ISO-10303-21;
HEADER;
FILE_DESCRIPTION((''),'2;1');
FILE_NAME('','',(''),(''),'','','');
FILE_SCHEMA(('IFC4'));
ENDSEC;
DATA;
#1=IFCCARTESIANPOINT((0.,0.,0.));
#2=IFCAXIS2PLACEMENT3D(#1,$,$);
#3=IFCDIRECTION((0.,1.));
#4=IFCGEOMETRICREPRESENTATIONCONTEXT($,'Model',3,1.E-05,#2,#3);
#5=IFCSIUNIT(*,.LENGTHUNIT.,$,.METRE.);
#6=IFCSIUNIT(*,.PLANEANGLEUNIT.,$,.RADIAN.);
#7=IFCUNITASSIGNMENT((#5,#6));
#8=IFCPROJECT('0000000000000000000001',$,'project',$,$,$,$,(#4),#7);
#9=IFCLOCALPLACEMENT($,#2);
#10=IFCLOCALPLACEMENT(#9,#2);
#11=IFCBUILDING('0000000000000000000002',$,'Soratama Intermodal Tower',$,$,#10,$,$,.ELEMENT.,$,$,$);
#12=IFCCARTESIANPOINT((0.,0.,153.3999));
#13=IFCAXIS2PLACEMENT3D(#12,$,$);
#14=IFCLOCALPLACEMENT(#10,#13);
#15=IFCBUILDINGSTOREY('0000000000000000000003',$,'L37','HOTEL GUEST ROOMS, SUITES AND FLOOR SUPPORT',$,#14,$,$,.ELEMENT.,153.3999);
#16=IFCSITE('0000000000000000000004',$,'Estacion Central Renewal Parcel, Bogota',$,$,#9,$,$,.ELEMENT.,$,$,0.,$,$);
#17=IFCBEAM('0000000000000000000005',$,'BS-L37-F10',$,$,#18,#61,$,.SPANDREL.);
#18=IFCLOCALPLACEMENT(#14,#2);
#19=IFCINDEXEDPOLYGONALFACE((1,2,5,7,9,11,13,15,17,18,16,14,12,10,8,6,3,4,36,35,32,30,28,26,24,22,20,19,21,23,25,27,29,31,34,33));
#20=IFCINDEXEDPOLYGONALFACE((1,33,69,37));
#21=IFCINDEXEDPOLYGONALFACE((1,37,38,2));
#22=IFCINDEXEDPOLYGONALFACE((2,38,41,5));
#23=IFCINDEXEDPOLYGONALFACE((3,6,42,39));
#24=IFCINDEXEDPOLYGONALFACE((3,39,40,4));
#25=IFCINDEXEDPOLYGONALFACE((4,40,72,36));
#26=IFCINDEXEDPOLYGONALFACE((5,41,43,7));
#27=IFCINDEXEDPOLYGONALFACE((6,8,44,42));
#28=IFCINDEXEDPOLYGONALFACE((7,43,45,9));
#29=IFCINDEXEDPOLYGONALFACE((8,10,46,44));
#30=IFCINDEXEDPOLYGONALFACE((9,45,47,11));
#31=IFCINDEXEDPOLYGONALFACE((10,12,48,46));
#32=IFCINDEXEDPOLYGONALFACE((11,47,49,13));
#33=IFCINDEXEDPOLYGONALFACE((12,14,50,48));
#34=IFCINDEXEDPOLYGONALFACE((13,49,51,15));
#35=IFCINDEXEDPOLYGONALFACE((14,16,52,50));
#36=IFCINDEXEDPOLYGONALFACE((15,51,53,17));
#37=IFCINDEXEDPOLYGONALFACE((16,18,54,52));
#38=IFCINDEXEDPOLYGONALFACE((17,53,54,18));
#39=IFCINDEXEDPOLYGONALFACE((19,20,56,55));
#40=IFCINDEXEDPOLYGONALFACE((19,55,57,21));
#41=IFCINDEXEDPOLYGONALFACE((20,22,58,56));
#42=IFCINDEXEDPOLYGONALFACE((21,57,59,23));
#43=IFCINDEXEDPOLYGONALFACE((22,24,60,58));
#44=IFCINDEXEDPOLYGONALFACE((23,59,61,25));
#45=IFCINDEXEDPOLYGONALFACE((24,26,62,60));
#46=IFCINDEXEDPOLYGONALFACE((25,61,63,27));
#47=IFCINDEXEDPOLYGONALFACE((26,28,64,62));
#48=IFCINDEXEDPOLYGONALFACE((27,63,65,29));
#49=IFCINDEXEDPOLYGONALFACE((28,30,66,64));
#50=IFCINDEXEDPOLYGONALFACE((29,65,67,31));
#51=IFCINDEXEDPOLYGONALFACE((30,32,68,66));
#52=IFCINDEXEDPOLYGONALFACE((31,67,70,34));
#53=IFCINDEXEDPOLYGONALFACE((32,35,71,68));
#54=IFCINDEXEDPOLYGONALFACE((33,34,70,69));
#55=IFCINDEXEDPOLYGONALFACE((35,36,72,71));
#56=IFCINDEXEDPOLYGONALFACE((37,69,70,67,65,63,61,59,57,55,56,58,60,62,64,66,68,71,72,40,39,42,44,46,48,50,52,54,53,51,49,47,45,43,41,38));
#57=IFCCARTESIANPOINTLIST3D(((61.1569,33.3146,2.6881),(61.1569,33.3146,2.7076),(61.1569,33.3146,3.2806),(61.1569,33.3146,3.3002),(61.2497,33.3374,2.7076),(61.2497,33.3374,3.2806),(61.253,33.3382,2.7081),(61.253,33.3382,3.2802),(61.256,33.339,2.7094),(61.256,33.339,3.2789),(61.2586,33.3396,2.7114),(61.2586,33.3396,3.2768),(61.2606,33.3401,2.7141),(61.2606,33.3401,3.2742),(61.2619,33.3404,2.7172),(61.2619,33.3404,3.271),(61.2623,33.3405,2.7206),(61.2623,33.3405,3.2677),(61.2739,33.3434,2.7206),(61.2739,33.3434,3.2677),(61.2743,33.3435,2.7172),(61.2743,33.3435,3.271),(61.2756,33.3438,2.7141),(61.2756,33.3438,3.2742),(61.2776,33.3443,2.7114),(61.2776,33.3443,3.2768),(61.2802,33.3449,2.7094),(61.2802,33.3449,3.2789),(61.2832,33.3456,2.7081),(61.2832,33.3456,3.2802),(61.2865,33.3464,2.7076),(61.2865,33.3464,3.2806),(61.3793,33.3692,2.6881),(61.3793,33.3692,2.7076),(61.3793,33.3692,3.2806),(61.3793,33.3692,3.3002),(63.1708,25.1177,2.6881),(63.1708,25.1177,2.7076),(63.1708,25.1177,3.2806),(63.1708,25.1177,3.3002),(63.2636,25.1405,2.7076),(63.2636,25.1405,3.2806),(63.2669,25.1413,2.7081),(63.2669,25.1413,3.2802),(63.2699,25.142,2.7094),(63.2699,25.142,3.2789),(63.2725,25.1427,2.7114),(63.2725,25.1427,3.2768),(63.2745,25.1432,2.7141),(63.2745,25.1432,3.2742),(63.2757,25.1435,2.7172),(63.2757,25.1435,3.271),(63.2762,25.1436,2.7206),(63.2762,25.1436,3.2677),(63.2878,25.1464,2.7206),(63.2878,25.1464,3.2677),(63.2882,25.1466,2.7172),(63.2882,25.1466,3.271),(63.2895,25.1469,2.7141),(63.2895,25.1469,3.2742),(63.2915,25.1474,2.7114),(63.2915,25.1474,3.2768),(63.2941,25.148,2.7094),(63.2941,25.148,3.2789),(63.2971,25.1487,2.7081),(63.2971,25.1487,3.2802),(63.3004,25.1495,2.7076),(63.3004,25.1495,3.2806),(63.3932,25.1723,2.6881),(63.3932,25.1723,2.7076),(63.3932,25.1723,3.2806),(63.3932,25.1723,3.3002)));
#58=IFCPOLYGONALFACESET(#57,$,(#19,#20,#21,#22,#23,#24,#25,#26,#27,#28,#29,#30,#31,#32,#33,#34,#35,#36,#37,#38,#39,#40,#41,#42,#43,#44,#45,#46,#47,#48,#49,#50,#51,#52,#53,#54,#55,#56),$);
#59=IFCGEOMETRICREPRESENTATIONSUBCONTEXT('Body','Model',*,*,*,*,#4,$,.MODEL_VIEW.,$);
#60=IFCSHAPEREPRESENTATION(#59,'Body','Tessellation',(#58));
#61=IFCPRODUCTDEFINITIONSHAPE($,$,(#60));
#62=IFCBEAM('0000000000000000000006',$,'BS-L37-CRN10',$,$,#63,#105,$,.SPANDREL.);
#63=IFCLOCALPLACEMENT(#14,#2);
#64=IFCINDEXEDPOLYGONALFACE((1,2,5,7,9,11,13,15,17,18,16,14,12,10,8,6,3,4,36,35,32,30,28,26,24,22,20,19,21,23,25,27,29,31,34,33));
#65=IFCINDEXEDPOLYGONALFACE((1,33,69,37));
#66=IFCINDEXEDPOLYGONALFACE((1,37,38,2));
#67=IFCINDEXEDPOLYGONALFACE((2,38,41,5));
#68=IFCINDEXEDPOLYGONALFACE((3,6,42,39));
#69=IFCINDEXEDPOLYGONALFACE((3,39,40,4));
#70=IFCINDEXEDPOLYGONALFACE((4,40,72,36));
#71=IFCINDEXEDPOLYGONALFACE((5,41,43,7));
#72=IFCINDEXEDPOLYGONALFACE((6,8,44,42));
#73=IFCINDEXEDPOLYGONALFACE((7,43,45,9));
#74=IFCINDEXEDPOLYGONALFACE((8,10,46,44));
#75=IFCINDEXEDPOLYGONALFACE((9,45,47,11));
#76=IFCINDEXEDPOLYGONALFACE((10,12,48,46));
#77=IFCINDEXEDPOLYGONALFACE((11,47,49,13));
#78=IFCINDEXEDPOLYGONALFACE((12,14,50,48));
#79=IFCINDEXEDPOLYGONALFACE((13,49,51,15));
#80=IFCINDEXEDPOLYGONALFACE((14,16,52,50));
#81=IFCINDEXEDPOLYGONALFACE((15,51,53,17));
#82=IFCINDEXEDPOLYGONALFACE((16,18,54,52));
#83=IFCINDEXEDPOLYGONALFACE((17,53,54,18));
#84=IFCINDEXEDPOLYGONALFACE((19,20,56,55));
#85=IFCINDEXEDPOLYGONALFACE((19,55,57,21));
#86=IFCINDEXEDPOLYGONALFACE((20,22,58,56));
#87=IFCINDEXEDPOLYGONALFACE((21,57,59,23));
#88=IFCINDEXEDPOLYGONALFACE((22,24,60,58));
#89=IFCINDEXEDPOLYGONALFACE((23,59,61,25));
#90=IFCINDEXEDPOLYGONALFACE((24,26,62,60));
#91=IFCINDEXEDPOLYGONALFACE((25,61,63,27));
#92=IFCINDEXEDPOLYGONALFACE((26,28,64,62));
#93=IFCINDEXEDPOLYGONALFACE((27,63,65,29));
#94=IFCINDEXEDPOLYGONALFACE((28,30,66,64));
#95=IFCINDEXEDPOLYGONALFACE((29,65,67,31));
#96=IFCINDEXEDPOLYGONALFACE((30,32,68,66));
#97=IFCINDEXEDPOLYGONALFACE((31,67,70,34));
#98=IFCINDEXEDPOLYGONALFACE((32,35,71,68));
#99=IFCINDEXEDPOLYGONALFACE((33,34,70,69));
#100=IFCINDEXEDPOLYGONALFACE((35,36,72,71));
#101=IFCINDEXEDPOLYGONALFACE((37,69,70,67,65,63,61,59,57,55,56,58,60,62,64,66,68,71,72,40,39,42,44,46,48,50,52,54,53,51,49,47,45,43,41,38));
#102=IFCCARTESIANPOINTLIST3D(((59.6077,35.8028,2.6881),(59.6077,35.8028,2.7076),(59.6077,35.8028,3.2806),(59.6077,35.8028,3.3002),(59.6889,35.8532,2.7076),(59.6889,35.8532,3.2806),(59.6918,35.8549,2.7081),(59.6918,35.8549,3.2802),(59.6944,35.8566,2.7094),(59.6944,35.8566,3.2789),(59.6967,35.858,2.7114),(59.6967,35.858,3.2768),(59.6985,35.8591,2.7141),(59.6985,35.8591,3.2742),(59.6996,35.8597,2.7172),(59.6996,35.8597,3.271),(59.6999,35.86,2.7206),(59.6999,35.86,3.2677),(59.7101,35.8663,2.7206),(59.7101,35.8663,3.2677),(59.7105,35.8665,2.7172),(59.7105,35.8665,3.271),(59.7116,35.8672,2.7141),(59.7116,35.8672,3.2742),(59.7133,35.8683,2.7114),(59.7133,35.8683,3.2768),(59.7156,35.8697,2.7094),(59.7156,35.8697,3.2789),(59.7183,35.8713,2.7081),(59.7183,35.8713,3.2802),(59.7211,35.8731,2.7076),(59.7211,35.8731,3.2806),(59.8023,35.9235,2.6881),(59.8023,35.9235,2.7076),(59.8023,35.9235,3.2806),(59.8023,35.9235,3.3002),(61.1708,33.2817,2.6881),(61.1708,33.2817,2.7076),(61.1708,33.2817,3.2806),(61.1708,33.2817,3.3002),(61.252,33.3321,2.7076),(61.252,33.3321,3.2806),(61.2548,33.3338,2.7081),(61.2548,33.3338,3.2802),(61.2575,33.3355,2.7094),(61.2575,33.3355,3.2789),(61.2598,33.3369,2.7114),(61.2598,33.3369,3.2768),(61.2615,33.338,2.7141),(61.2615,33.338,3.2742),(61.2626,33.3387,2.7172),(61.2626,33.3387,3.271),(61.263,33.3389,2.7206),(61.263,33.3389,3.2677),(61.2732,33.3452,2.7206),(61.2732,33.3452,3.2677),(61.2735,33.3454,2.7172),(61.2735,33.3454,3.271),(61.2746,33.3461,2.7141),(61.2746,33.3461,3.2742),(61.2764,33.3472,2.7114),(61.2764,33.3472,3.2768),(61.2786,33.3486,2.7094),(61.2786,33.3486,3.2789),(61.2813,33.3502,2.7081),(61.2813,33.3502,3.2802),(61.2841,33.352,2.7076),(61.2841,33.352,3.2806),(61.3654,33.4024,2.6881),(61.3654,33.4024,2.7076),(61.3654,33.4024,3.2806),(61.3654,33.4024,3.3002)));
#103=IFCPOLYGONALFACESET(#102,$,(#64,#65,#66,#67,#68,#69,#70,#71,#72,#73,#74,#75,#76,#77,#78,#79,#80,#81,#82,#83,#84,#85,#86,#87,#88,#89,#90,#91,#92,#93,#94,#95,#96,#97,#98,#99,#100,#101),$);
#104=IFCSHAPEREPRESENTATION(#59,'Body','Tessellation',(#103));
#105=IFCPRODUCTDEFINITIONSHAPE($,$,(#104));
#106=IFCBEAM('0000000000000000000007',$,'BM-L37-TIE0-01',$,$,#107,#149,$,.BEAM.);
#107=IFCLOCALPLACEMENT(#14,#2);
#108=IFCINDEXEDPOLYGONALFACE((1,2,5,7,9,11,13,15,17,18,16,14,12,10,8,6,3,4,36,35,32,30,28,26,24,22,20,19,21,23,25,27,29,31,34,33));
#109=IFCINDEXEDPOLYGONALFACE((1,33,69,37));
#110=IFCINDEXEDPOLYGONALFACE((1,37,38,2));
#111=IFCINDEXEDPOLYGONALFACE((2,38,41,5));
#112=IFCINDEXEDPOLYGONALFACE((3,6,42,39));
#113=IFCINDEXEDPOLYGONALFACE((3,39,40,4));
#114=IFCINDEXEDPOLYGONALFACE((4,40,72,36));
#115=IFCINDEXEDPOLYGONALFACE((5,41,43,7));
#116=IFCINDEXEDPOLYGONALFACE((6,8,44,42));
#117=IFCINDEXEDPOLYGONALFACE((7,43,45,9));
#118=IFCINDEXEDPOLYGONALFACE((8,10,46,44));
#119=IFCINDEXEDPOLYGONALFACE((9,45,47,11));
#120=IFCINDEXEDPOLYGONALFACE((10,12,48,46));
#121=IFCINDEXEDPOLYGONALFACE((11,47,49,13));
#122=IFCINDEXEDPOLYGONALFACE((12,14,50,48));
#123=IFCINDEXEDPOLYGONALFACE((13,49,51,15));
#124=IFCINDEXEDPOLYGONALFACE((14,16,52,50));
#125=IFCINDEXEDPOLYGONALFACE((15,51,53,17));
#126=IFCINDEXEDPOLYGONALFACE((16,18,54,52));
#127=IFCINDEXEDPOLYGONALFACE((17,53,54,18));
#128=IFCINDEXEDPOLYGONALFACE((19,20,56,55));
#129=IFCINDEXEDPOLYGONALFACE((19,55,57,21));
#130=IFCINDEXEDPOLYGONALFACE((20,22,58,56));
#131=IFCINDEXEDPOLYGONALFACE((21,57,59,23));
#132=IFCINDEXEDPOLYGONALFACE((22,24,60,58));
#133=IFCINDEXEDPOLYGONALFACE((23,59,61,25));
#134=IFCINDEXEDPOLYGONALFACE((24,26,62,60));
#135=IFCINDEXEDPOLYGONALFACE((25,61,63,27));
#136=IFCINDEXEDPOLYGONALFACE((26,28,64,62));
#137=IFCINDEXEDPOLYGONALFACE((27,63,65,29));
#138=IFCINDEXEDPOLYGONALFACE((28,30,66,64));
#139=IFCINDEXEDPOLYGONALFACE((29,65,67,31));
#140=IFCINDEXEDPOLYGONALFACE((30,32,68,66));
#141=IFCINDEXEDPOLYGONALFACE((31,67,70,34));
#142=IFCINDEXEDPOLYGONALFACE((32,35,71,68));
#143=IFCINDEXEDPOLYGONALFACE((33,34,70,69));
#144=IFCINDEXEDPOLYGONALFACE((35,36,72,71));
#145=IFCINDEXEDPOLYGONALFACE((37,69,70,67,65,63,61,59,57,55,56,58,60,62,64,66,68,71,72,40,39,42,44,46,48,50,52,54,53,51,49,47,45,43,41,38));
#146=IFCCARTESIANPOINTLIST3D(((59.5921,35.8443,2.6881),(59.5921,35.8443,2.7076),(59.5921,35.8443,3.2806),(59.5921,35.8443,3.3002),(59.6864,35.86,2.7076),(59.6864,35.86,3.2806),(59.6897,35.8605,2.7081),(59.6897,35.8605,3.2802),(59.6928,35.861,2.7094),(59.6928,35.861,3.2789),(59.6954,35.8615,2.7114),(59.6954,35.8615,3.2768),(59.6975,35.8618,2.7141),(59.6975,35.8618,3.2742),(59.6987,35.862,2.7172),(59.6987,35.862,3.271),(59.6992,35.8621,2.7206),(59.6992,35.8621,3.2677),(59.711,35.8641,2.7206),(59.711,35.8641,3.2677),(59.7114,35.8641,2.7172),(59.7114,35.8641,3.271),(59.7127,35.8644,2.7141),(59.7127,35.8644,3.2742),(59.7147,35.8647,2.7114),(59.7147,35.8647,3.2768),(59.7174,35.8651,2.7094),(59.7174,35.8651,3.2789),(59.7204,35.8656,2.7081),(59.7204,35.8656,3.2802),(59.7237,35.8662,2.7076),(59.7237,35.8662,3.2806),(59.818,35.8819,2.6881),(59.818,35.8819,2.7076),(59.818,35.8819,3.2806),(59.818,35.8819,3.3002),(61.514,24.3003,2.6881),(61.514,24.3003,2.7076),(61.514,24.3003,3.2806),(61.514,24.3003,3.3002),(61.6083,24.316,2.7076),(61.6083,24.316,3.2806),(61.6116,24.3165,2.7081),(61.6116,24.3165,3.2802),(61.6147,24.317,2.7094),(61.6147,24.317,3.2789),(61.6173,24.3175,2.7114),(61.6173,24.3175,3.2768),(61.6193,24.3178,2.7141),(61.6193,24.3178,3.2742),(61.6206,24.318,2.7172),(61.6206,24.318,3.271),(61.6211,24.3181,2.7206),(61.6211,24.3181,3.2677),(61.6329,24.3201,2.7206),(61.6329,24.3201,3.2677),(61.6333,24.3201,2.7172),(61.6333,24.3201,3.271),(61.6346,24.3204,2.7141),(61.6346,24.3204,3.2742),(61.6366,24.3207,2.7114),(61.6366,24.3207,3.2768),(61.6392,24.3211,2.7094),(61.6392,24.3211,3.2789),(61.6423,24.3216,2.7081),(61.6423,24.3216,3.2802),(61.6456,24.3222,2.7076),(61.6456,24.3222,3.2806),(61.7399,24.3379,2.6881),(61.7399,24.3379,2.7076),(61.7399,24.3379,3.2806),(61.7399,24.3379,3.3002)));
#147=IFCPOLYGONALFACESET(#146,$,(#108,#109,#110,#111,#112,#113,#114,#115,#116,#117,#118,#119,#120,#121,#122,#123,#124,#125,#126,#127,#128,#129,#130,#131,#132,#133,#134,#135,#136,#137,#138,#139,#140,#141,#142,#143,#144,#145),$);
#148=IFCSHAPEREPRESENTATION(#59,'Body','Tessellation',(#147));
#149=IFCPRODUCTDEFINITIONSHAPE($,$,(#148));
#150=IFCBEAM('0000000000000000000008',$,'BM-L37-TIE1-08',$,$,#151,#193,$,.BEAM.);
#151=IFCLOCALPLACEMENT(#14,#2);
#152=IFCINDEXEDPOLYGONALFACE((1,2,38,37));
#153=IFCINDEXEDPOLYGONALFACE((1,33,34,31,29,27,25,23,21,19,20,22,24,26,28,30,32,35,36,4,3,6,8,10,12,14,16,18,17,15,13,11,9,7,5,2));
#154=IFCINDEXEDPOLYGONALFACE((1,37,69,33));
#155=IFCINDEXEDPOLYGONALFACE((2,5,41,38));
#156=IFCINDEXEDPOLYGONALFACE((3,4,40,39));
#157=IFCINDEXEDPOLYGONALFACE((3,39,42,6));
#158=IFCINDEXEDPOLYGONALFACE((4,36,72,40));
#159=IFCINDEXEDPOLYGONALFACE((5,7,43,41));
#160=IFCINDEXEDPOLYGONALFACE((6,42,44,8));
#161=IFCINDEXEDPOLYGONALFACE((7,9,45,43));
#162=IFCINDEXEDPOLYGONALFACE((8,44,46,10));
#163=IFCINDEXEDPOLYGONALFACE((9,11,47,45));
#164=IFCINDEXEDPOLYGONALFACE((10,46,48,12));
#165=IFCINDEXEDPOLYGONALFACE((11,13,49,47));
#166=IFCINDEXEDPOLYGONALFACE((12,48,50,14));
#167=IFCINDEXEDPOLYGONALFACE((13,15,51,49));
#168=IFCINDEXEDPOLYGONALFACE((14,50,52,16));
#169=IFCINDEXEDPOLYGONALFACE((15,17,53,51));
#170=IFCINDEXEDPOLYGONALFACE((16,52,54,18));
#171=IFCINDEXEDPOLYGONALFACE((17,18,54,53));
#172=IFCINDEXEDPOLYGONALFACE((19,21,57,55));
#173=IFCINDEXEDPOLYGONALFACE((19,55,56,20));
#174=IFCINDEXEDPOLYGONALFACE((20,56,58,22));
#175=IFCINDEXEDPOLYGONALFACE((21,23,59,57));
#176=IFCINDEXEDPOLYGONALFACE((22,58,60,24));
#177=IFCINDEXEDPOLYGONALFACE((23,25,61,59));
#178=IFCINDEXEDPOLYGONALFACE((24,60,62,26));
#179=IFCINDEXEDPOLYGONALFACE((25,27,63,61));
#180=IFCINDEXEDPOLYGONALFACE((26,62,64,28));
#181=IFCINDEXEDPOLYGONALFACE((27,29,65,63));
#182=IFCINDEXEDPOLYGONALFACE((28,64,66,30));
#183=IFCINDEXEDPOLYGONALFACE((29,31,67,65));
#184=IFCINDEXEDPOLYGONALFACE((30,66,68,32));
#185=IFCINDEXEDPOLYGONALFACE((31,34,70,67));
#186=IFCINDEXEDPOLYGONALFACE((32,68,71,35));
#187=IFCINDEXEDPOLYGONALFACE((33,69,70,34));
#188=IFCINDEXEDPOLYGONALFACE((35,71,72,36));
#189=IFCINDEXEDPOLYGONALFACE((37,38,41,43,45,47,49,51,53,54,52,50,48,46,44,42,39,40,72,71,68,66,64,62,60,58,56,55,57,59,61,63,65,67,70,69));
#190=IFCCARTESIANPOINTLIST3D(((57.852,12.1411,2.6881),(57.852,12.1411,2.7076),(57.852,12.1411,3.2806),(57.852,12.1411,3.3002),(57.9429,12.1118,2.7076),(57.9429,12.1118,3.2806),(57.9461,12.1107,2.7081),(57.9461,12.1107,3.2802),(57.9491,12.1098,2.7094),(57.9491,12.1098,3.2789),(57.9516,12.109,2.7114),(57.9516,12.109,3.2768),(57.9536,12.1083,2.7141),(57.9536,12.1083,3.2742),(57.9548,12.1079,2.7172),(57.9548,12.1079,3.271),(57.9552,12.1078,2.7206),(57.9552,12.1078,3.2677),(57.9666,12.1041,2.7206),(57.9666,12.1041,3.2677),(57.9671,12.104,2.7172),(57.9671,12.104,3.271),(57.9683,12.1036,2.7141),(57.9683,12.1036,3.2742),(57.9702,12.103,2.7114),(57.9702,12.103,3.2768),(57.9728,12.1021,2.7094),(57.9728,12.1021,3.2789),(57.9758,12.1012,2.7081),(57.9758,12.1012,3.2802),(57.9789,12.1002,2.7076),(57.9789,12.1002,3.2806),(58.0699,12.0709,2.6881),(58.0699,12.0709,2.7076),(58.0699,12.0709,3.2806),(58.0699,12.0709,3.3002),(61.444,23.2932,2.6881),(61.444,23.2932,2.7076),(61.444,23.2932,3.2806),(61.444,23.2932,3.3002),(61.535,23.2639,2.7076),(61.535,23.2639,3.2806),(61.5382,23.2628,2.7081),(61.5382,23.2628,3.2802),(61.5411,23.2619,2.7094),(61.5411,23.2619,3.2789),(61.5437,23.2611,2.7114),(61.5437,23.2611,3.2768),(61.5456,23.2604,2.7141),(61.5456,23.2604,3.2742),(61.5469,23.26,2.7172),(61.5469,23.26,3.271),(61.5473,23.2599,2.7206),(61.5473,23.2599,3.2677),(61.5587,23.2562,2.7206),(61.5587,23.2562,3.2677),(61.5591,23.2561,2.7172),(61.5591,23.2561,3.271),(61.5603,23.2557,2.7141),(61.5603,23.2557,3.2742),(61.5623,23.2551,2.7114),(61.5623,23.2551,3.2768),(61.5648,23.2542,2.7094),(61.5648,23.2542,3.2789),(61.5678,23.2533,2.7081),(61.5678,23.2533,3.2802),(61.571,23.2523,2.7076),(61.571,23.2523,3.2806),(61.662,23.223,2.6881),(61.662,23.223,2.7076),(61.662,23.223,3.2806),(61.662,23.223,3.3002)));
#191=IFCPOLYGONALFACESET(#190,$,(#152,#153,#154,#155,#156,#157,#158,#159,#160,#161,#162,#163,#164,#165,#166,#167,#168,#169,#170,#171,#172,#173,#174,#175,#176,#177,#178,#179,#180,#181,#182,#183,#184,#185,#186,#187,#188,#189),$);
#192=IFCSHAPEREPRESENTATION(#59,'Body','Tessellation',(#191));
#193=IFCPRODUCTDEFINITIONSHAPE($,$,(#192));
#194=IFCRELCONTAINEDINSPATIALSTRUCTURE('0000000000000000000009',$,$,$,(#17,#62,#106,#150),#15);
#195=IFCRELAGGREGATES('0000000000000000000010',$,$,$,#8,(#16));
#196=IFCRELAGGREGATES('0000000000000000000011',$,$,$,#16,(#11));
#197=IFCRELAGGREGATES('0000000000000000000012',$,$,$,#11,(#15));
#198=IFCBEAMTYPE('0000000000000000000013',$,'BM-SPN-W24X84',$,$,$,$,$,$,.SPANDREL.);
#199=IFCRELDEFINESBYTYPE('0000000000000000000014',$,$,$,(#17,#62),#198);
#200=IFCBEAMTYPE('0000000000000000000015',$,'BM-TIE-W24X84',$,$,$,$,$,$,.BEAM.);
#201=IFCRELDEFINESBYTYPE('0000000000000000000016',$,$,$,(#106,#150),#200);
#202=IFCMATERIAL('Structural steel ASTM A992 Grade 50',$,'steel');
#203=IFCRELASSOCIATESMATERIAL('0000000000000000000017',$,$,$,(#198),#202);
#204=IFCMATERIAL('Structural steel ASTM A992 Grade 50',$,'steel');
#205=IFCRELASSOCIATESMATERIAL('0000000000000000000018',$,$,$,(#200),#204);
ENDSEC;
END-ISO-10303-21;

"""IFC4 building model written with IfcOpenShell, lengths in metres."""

from ifc_helpers import new_model, si_unit, direction, frame, origin, origin_2d, place, context, subcontext, project, spatial, i_section, extrude, material, material_profile, profile_set, type_object, element, save


model = new_model("IFC4")

# Units and contexts
model_context = context("Model", 3, precision=1e-05, world=origin(), true_north=direction((0.0, 1.0)))
body_context = subcontext(model_context, "Body", "Model", "MODEL_VIEW")
ifc_project = project(units=[si_unit("LENGTHUNIT", "METRE"), si_unit("PLANEANGLEUNIT", "RADIAN")], contexts=[model_context])

# Site, building, storey
site_placement = place(None, origin())
site = spatial("IfcSite", under=ifc_project, at=site_placement, Name="Estacion Central Renewal Parcel, Bogota", CompositionType="ELEMENT", RefElevation=0.0)
building_placement = place(site_placement, origin())
building = spatial("IfcBuilding", under=site, at=building_placement, Name="Soratama Intermodal Tower", CompositionType="ELEMENT")
storey_placement = place(building_placement, frame((0.0, 0.0, 153.3999)))
storey = spatial("IfcBuildingStorey", under=building, at=storey_placement, Name="L37", Description="HOTEL GUEST ROOMS, SUITES AND FLOOR SUPPORT", CompositionType="ELEMENT", Elevation=153.3999)

# Beams
ifc_material_1 = material(Name="Structural steel ASTM A992 Grade 50", Category="steel")
ifc_material_profile_1 = material_profile(ifc_material_1, i_section(OverallWidth=0.229, OverallDepth=0.6121, WebThickness=0.012, FlangeThickness=0.0195, FilletRadius=0.0129, at=origin_2d()), Name="W24X84")
ifc_profile_set_1 = profile_set([ifc_material_profile_1], Name="Structural steel ASTM A992 Grade 50")
beam_type_1 = type_object("IfcBeamType", Name="BM-SPN-W24X84", PredefinedType="SPANDREL", material=ifc_profile_set_1)
beam_1_placement = place(storey_placement, frame((63.282, 25.145, 2.9941), z_axis=(-0.238593, 0.97112, 0.0), x_axis=(-0.97112, -0.238593, 0.0)))
element("IfcBeam", 1, at=beam_1_placement, inside=storey, type_object=beam_type_1, Name="BS-L37-F10", PredefinedType="SPANDREL", context=body_context, shape_type="SweptSolid", body=[
    extrude(i_section(OverallWidth=0.229, OverallDepth=0.6121, WebThickness=0.012, FlangeThickness=0.0195, FilletRadius=0.0129, at=origin_2d()), origin(), (0.0, 0.0, 1.0), 8.4407),
])
beam_2_placement = place(storey_placement, frame((61.2681, 33.342, 2.9941), z_axis=(-0.526933, 0.849907, 0.0), x_axis=(-0.849907, -0.526933, 0.0)))
element("IfcBeam", 2, at=beam_2_placement, inside=storey, type_object=beam_type_1, Name="BS-L37-CRN10", PredefinedType="SPANDREL", context=body_context, shape_type="SweptSolid", body=[
    extrude(i_section(OverallWidth=0.229, OverallDepth=0.6121, WebThickness=0.012, FlangeThickness=0.0195, FilletRadius=0.0129, at=origin_2d()), origin(), (0.0, 0.0, 1.0), 2.9663),
])
ifc_material_2 = material(Name="Structural steel ASTM A992 Grade 50", Category="steel")
ifc_material_profile_2 = material_profile(ifc_material_2, i_section(OverallWidth=0.229, OverallDepth=0.6121, WebThickness=0.012, FlangeThickness=0.0195, FilletRadius=0.0129, at=origin_2d()), Name="W24X84")
ifc_profile_set_2 = profile_set([ifc_material_profile_2], Name="Structural steel ASTM A992 Grade 50")
beam_type_2 = type_object("IfcBeamType", Name="BM-TIE-W24X84", PredefinedType="BEAM", material=ifc_profile_set_2)
beam_3_placement = place(storey_placement, frame((61.627, 24.3191, 2.9941), z_axis=(-0.164223, 0.986423, 0.0), x_axis=(-0.986423, -0.164223, 0.0)))
element("IfcBeam", 3, at=beam_3_placement, inside=storey, type_object=beam_type_2, Name="BM-L37-TIE0-01", PredefinedType="BEAM", context=body_context, shape_type="SweptSolid", body=[
    extrude(i_section(OverallWidth=0.229, OverallDepth=0.6121, WebThickness=0.012, FlangeThickness=0.0195, FilletRadius=0.0129, at=origin_2d()), origin(), (0.0, 0.0, 1.0), 11.7029),
])
beam_4_placement = place(storey_placement, frame((61.553, 23.2581, 2.9941), z_axis=(-0.306584, -0.951843, 0.0), x_axis=(0.951843, -0.306584, 0.0)))
element("IfcBeam", 4, at=beam_4_placement, inside=storey, type_object=beam_type_2, Name="BM-L37-TIE1-08", PredefinedType="BEAM", context=body_context, shape_type="SweptSolid", body=[
    extrude(i_section(OverallWidth=0.229, OverallDepth=0.6121, WebThickness=0.012, FlangeThickness=0.0195, FilletRadius=0.0129, at=origin_2d()), origin(), (0.0, 0.0, 1.0), 11.7163),
])

save(model, "model.ifc")
